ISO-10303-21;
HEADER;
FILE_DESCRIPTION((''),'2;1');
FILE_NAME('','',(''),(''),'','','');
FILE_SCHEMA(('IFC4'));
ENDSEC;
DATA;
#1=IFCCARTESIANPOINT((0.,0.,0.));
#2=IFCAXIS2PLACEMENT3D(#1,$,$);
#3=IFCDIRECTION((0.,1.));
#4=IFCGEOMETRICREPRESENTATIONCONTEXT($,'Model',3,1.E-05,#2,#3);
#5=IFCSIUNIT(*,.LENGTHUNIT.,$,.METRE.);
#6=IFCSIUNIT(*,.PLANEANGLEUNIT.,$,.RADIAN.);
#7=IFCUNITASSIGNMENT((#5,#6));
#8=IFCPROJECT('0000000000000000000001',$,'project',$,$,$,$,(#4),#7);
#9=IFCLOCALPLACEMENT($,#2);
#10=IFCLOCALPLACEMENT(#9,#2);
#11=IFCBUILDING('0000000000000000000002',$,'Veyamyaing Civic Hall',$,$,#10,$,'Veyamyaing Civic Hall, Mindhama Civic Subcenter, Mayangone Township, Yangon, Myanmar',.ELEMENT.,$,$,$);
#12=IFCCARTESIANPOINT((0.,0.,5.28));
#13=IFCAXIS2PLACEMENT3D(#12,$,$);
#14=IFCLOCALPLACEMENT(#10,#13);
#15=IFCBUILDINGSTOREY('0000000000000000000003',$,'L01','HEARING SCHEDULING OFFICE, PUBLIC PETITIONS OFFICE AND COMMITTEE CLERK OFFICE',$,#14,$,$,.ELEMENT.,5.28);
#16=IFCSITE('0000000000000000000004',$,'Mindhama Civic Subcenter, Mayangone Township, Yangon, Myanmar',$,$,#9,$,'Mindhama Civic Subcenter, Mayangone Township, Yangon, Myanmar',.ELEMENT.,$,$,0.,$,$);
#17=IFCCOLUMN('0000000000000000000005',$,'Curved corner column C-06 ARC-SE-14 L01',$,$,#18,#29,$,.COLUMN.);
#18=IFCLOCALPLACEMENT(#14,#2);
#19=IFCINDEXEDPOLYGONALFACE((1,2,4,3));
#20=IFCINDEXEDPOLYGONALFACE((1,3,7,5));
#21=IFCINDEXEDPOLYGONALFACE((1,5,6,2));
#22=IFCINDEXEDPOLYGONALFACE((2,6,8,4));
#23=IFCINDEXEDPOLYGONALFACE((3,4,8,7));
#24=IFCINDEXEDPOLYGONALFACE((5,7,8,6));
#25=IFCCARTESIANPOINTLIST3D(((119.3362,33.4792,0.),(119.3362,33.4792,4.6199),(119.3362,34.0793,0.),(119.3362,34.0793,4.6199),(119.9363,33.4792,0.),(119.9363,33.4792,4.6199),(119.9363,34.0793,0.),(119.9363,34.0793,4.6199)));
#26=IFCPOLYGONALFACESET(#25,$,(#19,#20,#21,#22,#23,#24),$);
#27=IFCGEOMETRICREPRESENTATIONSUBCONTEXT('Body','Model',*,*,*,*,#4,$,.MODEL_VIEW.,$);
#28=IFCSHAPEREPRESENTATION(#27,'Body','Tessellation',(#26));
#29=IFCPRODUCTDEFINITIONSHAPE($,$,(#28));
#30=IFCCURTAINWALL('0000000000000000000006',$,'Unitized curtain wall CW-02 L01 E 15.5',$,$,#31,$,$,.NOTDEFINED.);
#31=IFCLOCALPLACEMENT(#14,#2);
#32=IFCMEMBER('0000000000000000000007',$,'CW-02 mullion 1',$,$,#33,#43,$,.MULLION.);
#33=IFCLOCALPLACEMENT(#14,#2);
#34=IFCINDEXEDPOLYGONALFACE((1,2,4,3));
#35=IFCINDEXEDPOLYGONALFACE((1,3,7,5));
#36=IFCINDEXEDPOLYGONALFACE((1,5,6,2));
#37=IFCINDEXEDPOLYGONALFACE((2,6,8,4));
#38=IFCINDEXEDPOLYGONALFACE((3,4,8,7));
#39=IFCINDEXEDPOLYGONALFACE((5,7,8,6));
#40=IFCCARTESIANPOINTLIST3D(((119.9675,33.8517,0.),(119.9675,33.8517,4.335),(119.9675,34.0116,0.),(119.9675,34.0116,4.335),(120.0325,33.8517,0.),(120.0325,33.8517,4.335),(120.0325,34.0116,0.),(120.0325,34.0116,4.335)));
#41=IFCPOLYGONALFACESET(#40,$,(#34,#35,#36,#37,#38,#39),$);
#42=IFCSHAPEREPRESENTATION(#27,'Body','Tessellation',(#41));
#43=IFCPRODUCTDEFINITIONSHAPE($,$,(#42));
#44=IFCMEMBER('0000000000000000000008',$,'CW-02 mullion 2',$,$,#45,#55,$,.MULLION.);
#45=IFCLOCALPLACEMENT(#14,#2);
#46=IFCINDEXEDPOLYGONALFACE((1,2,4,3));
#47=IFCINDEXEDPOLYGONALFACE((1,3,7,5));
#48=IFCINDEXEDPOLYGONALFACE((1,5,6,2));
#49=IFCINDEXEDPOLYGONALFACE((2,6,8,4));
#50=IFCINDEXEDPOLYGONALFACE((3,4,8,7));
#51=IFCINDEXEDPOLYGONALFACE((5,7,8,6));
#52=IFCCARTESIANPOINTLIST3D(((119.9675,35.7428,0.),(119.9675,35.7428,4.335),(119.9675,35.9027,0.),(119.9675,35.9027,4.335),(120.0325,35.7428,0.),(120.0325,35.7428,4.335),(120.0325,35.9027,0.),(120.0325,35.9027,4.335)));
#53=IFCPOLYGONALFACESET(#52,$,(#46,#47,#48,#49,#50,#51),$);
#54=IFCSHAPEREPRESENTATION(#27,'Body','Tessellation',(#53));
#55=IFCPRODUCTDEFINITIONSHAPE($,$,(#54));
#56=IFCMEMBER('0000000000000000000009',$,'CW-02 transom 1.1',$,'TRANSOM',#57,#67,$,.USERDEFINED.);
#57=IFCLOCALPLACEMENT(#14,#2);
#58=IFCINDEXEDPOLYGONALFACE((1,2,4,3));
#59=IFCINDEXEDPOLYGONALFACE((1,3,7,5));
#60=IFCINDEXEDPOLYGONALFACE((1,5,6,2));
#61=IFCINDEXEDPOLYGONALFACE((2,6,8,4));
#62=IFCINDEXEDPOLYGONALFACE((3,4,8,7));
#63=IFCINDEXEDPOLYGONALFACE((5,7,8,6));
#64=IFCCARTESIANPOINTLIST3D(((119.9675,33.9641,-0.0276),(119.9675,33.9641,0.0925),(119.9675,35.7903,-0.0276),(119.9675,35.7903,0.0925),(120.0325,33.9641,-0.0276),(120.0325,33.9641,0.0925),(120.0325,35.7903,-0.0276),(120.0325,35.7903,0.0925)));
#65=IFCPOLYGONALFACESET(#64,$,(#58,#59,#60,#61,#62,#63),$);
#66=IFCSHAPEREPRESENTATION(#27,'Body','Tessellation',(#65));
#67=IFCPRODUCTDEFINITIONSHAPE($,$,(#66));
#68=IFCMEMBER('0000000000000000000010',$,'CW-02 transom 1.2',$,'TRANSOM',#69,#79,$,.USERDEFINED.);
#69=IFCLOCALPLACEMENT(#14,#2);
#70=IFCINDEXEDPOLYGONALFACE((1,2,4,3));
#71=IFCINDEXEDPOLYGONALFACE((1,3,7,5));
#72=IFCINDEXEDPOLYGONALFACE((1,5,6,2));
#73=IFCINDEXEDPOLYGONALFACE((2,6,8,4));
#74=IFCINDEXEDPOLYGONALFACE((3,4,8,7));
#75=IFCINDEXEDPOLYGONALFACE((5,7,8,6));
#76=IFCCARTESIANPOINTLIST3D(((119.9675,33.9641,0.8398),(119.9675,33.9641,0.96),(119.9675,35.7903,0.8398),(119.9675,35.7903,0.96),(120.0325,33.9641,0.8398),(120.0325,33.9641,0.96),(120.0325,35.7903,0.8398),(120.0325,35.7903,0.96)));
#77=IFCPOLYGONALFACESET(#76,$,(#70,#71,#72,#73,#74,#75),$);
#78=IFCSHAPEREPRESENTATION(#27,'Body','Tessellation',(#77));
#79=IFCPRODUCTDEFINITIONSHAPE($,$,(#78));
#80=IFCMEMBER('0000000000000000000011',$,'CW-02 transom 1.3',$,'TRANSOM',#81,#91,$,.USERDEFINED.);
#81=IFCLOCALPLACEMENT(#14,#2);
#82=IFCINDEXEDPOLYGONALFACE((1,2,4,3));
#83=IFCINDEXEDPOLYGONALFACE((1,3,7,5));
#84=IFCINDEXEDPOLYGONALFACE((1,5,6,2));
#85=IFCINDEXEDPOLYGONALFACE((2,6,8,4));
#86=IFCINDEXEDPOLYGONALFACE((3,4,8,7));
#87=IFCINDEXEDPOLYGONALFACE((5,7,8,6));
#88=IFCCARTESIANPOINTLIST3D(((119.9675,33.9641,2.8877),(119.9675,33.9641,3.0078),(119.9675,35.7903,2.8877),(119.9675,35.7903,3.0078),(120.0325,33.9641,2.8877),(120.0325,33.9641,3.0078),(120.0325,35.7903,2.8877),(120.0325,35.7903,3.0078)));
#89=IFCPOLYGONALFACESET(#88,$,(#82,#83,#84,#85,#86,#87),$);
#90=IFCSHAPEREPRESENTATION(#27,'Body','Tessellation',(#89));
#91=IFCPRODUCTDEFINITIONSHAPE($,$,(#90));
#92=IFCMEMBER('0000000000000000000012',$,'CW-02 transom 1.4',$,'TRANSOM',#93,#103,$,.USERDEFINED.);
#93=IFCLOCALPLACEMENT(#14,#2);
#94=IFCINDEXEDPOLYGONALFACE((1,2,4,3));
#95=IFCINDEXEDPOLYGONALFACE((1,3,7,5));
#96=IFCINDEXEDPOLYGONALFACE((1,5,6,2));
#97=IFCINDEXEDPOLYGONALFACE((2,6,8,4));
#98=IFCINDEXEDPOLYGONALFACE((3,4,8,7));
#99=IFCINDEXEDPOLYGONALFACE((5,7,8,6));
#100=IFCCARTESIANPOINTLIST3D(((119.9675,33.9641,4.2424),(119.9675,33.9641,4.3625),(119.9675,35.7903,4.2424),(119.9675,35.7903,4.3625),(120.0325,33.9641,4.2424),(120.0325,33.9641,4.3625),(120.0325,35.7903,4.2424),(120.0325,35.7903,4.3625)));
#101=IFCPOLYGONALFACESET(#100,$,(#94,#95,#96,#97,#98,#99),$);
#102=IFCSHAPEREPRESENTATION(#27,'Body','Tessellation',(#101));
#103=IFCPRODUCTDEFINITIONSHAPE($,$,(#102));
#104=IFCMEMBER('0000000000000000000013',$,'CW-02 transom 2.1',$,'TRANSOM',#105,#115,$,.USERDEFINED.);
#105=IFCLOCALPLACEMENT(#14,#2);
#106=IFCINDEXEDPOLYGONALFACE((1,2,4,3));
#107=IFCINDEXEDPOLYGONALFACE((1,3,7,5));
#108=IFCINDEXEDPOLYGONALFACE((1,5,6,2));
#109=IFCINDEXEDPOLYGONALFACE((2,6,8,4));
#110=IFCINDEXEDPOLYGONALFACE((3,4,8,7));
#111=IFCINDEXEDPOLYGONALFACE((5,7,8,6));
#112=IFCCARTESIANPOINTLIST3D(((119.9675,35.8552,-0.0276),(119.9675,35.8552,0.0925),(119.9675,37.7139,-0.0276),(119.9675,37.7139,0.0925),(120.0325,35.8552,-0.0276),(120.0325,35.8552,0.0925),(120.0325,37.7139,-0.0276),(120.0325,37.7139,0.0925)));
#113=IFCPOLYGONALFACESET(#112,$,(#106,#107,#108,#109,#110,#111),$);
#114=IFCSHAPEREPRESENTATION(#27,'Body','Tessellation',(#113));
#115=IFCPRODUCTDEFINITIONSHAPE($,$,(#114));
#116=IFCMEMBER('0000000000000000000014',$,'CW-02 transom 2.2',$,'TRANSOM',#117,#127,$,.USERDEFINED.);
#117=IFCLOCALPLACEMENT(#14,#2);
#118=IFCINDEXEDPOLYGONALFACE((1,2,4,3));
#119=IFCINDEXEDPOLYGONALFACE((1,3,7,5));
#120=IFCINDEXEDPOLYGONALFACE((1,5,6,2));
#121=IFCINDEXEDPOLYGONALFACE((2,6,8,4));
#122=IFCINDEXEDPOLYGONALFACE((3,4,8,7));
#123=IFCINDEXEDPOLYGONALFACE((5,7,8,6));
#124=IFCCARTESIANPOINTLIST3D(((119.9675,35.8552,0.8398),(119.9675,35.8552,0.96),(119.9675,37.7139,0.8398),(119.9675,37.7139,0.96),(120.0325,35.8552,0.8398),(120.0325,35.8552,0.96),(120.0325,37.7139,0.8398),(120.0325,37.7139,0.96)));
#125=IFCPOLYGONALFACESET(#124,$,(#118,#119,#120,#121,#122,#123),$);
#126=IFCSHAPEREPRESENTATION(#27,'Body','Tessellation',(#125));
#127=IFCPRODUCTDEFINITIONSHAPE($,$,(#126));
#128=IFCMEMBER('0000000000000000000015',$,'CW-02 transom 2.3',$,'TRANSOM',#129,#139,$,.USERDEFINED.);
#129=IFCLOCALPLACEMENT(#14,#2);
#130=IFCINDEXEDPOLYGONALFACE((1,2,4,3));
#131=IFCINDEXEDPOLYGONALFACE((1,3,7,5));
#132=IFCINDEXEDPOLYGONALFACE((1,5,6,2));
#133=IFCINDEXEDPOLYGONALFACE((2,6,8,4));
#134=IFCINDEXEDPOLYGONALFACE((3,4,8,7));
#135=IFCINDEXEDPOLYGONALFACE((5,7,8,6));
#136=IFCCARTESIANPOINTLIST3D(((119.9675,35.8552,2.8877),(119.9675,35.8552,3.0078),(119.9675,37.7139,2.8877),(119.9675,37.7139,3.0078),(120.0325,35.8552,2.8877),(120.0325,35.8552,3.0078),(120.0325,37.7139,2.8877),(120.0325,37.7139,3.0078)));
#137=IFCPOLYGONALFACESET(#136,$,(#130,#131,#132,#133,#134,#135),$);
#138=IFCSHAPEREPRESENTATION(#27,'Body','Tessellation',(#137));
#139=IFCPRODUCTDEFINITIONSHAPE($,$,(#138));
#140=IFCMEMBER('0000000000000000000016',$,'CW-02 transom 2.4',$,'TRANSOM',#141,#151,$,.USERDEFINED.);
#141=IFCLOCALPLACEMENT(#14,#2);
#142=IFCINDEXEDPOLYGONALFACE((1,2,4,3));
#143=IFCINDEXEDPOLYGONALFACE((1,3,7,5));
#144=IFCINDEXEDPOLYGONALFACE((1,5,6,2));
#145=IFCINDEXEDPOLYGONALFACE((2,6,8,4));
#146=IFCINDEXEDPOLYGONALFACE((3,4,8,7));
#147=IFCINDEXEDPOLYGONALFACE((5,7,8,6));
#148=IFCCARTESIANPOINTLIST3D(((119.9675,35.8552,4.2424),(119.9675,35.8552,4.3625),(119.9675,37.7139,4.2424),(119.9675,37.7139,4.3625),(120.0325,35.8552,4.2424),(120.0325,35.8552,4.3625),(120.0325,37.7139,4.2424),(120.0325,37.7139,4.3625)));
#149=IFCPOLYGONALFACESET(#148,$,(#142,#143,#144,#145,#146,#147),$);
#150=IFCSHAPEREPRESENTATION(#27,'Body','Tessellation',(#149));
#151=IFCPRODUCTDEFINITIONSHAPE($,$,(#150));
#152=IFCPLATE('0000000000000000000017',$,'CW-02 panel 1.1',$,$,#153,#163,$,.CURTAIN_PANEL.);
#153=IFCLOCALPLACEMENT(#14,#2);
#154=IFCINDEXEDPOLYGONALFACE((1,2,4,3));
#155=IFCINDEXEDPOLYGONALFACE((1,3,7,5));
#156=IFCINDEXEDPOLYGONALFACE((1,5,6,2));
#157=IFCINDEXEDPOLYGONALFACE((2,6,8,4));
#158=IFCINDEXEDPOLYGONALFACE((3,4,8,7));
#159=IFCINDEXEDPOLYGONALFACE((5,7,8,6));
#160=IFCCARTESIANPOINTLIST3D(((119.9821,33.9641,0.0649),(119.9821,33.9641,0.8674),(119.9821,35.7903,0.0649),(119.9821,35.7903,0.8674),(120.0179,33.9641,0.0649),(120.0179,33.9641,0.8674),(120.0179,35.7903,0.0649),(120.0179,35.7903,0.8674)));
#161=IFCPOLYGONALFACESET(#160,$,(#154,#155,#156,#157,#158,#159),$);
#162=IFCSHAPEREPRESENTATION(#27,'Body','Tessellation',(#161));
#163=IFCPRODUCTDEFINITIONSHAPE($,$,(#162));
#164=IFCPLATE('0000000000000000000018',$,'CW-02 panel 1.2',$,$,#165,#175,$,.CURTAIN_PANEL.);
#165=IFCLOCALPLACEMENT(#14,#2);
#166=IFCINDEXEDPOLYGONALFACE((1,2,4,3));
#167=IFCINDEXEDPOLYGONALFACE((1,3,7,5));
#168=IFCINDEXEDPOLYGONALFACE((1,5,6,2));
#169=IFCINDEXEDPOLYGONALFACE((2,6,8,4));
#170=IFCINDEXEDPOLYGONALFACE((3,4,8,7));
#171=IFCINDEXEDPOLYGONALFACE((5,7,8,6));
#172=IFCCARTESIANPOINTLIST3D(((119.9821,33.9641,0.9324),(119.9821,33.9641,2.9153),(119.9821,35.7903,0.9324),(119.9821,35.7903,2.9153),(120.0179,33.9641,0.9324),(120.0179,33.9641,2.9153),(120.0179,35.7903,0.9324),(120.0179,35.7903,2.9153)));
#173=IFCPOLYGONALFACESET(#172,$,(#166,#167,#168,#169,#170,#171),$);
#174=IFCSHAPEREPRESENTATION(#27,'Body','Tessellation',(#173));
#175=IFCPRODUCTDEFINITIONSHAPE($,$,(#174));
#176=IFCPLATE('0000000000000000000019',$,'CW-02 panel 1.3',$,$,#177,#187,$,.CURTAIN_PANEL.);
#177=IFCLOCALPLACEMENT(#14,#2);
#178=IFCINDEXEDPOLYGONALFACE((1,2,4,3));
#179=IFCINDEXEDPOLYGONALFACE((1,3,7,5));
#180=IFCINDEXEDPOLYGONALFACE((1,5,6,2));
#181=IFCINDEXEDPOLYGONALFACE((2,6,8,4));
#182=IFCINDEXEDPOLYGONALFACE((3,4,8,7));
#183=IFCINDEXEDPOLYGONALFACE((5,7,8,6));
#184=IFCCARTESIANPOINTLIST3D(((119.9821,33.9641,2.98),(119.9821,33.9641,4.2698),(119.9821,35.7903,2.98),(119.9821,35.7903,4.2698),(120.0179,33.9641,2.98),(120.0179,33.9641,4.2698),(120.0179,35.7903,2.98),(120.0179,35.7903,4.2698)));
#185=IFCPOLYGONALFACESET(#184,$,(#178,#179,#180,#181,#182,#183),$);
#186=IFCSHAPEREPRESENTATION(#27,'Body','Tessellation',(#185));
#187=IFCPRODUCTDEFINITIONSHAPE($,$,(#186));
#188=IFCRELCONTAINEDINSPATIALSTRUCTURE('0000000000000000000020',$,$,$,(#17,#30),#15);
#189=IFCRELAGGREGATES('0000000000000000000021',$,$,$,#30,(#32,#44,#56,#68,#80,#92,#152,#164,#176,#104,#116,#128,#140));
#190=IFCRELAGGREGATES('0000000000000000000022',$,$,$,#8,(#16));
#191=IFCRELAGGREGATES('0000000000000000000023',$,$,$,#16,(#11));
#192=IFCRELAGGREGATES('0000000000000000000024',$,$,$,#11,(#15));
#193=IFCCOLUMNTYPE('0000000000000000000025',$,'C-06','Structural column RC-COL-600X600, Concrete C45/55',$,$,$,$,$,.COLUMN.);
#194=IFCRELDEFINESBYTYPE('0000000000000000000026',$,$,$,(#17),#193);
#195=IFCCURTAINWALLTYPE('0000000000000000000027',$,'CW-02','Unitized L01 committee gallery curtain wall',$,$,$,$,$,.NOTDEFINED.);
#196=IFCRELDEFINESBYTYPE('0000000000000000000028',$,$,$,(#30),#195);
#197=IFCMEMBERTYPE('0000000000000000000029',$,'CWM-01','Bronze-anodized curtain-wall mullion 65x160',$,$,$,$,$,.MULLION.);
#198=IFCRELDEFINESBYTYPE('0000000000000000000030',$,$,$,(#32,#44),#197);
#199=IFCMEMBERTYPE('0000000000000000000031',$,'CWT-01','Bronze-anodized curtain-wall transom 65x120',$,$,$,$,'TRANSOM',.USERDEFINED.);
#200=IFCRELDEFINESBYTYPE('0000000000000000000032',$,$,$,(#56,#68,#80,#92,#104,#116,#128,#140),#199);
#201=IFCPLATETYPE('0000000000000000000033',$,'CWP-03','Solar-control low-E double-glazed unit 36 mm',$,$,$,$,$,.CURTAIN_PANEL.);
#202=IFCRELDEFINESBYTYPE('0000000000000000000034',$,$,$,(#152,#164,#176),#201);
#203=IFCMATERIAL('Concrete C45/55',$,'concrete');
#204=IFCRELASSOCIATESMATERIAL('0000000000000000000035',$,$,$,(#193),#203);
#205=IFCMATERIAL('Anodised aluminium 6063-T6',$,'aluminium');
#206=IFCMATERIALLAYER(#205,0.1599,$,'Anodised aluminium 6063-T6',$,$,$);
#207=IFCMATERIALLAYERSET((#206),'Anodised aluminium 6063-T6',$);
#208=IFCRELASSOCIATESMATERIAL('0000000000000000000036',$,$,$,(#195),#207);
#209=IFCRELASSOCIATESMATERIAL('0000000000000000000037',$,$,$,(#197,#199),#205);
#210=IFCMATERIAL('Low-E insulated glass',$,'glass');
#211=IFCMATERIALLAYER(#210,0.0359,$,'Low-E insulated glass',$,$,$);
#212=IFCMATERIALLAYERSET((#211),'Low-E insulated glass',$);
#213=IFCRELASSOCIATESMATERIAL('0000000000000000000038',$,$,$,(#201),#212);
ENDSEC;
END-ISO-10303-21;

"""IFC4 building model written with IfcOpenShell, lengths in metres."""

from ifc_helpers import new_model, si_unit, direction, frame, origin, origin_2d, place, context, subcontext, project, spatial, rectangle, extrude, material, layer, layer_set, material_profile, profile_set, type_object, element, aggregate, save


model = new_model("IFC4")

# Units and contexts
model_context = context("Model", 3, precision=1e-05, world=origin(), true_north=direction((0.0, 1.0)))
body_context = subcontext(model_context, "Body", "Model", "MODEL_VIEW")
ifc_project = project(units=[si_unit("LENGTHUNIT", "METRE"), si_unit("PLANEANGLEUNIT", "RADIAN")], contexts=[model_context])

# Site, building, storey
site_placement = place(None, origin())
site = spatial("IfcSite", under=ifc_project, at=site_placement, Name="Mindhama Civic Subcenter, Mayangone Township, Yangon, Myanmar", LongName="Mindhama Civic Subcenter, Mayangone Township, Yangon, Myanmar", CompositionType="ELEMENT", RefElevation=0.0)
building_placement = place(site_placement, origin())
building = spatial("IfcBuilding", under=site, at=building_placement, Name="Veyamyaing Civic Hall", LongName="Veyamyaing Civic Hall, Mindhama Civic Subcenter, Mayangone Township, Yangon, Myanmar", CompositionType="ELEMENT")
storey_placement = place(building_placement, frame((0.0, 0.0, 5.28)))
storey = spatial("IfcBuildingStorey", under=building, at=storey_placement, Name="L01", Description="HEARING SCHEDULING OFFICE, PUBLIC PETITIONS OFFICE AND COMMITTEE CLERK OFFICE", CompositionType="ELEMENT", Elevation=5.28)

# Column
ifc_material_1 = material(Name="Concrete C45/55", Category="concrete")
ifc_material_profile_1 = material_profile(ifc_material_1, rectangle(XDim=0.6001, YDim=0.6001, at=origin_2d()), Name="RC-COL-600X600")
ifc_profile_set_1 = profile_set([ifc_material_profile_1], Name="Concrete C45/55")
column_type = type_object("IfcColumnType", Name="C-06", Description="Structural column RC-COL-600X600, Concrete C45/55", PredefinedType="COLUMN", material=ifc_profile_set_1)
column_placement = place(storey_placement, frame((119.6362, 33.7793, 0.0), z_axis=(0.0, 0.0, 1.0), x_axis=(1.0, 0.0, 0.0)))
element("IfcColumn", 1, at=column_placement, inside=storey, type_object=column_type, Name="Curved corner column C-06 ARC-SE-14 L01", PredefinedType="COLUMN", context=body_context, shape_type="SweptSolid", body=[
    extrude(rectangle(XDim=0.6001, YDim=0.6001, at=origin_2d()), origin(), (0.0, 0.0, 1.0), 4.6199),
])

# Curtain wall, members, plates
ifc_material_2 = material(Name="Anodised aluminium 6063-T6", Category="aluminium")
ifc_layer_1 = layer(ifc_material_2, 0.1599, Name="Anodised aluminium 6063-T6")
ifc_layer_set_1 = layer_set([ifc_layer_1], Name="Anodised aluminium 6063-T6")
curtain_wall_type = type_object("IfcCurtainWallType", Name="CW-02", Description="Unitized L01 committee gallery curtain wall", PredefinedType="NOTDEFINED", material=ifc_layer_set_1)
curtain_wall_placement = place(storey_placement, origin())
curtain_wall = element("IfcCurtainWall", 2, at=curtain_wall_placement, inside=storey, type_object=curtain_wall_type, Name="Unitized curtain wall CW-02 L01 E 15.5", PredefinedType="NOTDEFINED")
ifc_material_profile_2 = material_profile(ifc_material_2, rectangle(XDim=0.0649, YDim=0.1599, at=origin_2d()), Name="ALU-MUL-65X160")
ifc_profile_set_2 = profile_set([ifc_material_profile_2], Name="Anodised aluminium 6063-T6")
member_type_1 = type_object("IfcMemberType", Name="CWM-01", Description="Bronze-anodized curtain-wall mullion 65x160", PredefinedType="MULLION", material=ifc_profile_set_2)
member_1_placement = place(storey_placement, frame((120.0, 33.9316, 0.0), z_axis=(0.0, 0.0, 1.0), x_axis=(-1.0, 0.0, 0.0)))
member_1 = element("IfcMember", 3, at=member_1_placement, type_object=member_type_1, Name="CW-02 mullion 1", PredefinedType="MULLION", context=body_context, shape_type="SweptSolid", body=[
    extrude(rectangle(XDim=0.0649, YDim=0.1599, at=origin_2d()), origin(), (0.0, 0.0, 1.0), 4.335),
])
member_2_placement = place(storey_placement, frame((120.0, 35.8228, 0.0), z_axis=(0.0, 0.0, 1.0), x_axis=(-1.0, 0.0, 0.0)))
member_2 = element("IfcMember", 4, at=member_2_placement, type_object=member_type_1, Name="CW-02 mullion 2", PredefinedType="MULLION", context=body_context, shape_type="SweptSolid", body=[
    extrude(rectangle(XDim=0.0649, YDim=0.1599, at=origin_2d()), origin(), (0.0, 0.0, 1.0), 4.335),
])
ifc_material_profile_3 = material_profile(ifc_material_2, rectangle(XDim=0.0649, YDim=0.1201, at=origin_2d()), Name="ALU-TRN-65X120")
ifc_profile_set_3 = profile_set([ifc_material_profile_3], Name="Anodised aluminium 6063-T6")
member_type_2 = type_object("IfcMemberType", Name="CWT-01", Description="Bronze-anodized curtain-wall transom 65x120", ElementType="TRANSOM", PredefinedType="USERDEFINED", material=ifc_profile_set_3)
member_3_placement = place(storey_placement, frame((120.0, 33.9641, 0.0325), z_axis=(0.0, 1.0, 0.0), x_axis=(-1.0, 0.0, 0.0)))
member_3 = element("IfcMember", 5, at=member_3_placement, type_object=member_type_2, Name="CW-02 transom 1.1", ObjectType="TRANSOM", PredefinedType="USERDEFINED", context=body_context, shape_type="SweptSolid", body=[
    extrude(rectangle(XDim=0.0649, YDim=0.1201, at=origin_2d()), origin(), (0.0, 0.0, 1.0), 1.8262),
])
member_4_placement = place(storey_placement, frame((120.0, 33.9641, 0.8999), z_axis=(0.0, 1.0, 0.0), x_axis=(-1.0, 0.0, 0.0)))
member_4 = element("IfcMember", 6, at=member_4_placement, type_object=member_type_2, Name="CW-02 transom 1.2", ObjectType="TRANSOM", PredefinedType="USERDEFINED", context=body_context, shape_type="SweptSolid", body=[
    extrude(rectangle(XDim=0.0649, YDim=0.1201, at=origin_2d()), origin(), (0.0, 0.0, 1.0), 1.8262),
])
member_5_placement = place(storey_placement, frame((120.0, 33.9641, 2.9478), z_axis=(0.0, 1.0, 0.0), x_axis=(-1.0, 0.0, 0.0)))
member_5 = element("IfcMember", 7, at=member_5_placement, type_object=member_type_2, Name="CW-02 transom 1.3", ObjectType="TRANSOM", PredefinedType="USERDEFINED", context=body_context, shape_type="SweptSolid", body=[
    extrude(rectangle(XDim=0.0649, YDim=0.1201, at=origin_2d()), origin(), (0.0, 0.0, 1.0), 1.8262),
])
member_6_placement = place(storey_placement, frame((120.0, 33.9641, 4.3025), z_axis=(0.0, 1.0, 0.0), x_axis=(-1.0, 0.0, 0.0)))
member_6 = element("IfcMember", 8, at=member_6_placement, type_object=member_type_2, Name="CW-02 transom 1.4", ObjectType="TRANSOM", PredefinedType="USERDEFINED", context=body_context, shape_type="SweptSolid", body=[
    extrude(rectangle(XDim=0.0649, YDim=0.1201, at=origin_2d()), origin(), (0.0, 0.0, 1.0), 1.8262),
])
member_7_placement = place(storey_placement, frame((120.0, 35.8552, 0.0325), z_axis=(0.0, 1.0, 0.0), x_axis=(-1.0, 0.0, 0.0)))
member_7 = element("IfcMember", 9, at=member_7_placement, type_object=member_type_2, Name="CW-02 transom 2.1", ObjectType="TRANSOM", PredefinedType="USERDEFINED", context=body_context, shape_type="SweptSolid", body=[
    extrude(rectangle(XDim=0.0649, YDim=0.1201, at=origin_2d()), origin(), (0.0, 0.0, 1.0), 1.8586),
])
member_8_placement = place(storey_placement, frame((120.0, 35.8552, 0.8999), z_axis=(0.0, 1.0, 0.0), x_axis=(-1.0, 0.0, 0.0)))
member_8 = element("IfcMember", 10, at=member_8_placement, type_object=member_type_2, Name="CW-02 transom 2.2", ObjectType="TRANSOM", PredefinedType="USERDEFINED", context=body_context, shape_type="SweptSolid", body=[
    extrude(rectangle(XDim=0.0649, YDim=0.1201, at=origin_2d()), origin(), (0.0, 0.0, 1.0), 1.8586),
])
member_9_placement = place(storey_placement, frame((120.0, 35.8552, 2.9478), z_axis=(0.0, 1.0, 0.0), x_axis=(-1.0, 0.0, 0.0)))
member_9 = element("IfcMember", 11, at=member_9_placement, type_object=member_type_2, Name="CW-02 transom 2.3", ObjectType="TRANSOM", PredefinedType="USERDEFINED", context=body_context, shape_type="SweptSolid", body=[
    extrude(rectangle(XDim=0.0649, YDim=0.1201, at=origin_2d()), origin(), (0.0, 0.0, 1.0), 1.8586),
])
member_10_placement = place(storey_placement, frame((120.0, 35.8552, 4.3025), z_axis=(0.0, 1.0, 0.0), x_axis=(-1.0, 0.0, 0.0)))
member_10 = element("IfcMember", 12, at=member_10_placement, type_object=member_type_2, Name="CW-02 transom 2.4", ObjectType="TRANSOM", PredefinedType="USERDEFINED", context=body_context, shape_type="SweptSolid", body=[
    extrude(rectangle(XDim=0.0649, YDim=0.1201, at=origin_2d()), origin(), (0.0, 0.0, 1.0), 1.8586),
])
ifc_material_3 = material(Name="Low-E insulated glass", Category="glass")
ifc_layer_2 = layer(ifc_material_3, 0.0359, Name="Low-E insulated glass")
ifc_layer_set_2 = layer_set([ifc_layer_2], Name="Low-E insulated glass")
plate_type = type_object("IfcPlateType", Name="CWP-03", Description="Solar-control low-E double-glazed unit 36 mm", PredefinedType="CURTAIN_PANEL", material=ifc_layer_set_2)
plate_1_placement = place(storey_placement, frame((120.0, 34.8772, 0.0649), z_axis=(0.0, 0.0, 1.0), x_axis=(0.0, 1.0, 0.0)))
plate_1 = element("IfcPlate", 13, at=plate_1_placement, type_object=plate_type, Name="CW-02 panel 1.1", PredefinedType="CURTAIN_PANEL", context=body_context, shape_type="SweptSolid", body=[
    extrude(rectangle(XDim=1.8262, YDim=0.0359, at=origin_2d()), origin(), (0.0, 0.0, 1.0), 0.8025),
])
plate_2_placement = place(storey_placement, frame((120.0, 34.8772, 0.9324), z_axis=(0.0, 0.0, 1.0), x_axis=(0.0, 1.0, 0.0)))
plate_2 = element("IfcPlate", 14, at=plate_2_placement, type_object=plate_type, Name="CW-02 panel 1.2", PredefinedType="CURTAIN_PANEL", context=body_context, shape_type="SweptSolid", body=[
    extrude(rectangle(XDim=1.8262, YDim=0.0359, at=origin_2d()), origin(), (0.0, 0.0, 1.0), 1.9829),
])
plate_3_placement = place(storey_placement, frame((120.0, 34.8772, 2.98), z_axis=(0.0, 0.0, 1.0), x_axis=(0.0, 1.0, 0.0)))
plate_3 = element("IfcPlate", 15, at=plate_3_placement, type_object=plate_type, Name="CW-02 panel 1.3", PredefinedType="CURTAIN_PANEL", context=body_context, shape_type="SweptSolid", body=[
    extrude(rectangle(XDim=1.8262, YDim=0.0359, at=origin_2d()), origin(), (0.0, 0.0, 1.0), 1.2898),
])
aggregate(curtain_wall, [member_1, member_2, member_3, member_4, member_5, member_6, plate_1, plate_2, plate_3, member_7, member_8, member_9, member_10])

save(model, "model.ifc")
